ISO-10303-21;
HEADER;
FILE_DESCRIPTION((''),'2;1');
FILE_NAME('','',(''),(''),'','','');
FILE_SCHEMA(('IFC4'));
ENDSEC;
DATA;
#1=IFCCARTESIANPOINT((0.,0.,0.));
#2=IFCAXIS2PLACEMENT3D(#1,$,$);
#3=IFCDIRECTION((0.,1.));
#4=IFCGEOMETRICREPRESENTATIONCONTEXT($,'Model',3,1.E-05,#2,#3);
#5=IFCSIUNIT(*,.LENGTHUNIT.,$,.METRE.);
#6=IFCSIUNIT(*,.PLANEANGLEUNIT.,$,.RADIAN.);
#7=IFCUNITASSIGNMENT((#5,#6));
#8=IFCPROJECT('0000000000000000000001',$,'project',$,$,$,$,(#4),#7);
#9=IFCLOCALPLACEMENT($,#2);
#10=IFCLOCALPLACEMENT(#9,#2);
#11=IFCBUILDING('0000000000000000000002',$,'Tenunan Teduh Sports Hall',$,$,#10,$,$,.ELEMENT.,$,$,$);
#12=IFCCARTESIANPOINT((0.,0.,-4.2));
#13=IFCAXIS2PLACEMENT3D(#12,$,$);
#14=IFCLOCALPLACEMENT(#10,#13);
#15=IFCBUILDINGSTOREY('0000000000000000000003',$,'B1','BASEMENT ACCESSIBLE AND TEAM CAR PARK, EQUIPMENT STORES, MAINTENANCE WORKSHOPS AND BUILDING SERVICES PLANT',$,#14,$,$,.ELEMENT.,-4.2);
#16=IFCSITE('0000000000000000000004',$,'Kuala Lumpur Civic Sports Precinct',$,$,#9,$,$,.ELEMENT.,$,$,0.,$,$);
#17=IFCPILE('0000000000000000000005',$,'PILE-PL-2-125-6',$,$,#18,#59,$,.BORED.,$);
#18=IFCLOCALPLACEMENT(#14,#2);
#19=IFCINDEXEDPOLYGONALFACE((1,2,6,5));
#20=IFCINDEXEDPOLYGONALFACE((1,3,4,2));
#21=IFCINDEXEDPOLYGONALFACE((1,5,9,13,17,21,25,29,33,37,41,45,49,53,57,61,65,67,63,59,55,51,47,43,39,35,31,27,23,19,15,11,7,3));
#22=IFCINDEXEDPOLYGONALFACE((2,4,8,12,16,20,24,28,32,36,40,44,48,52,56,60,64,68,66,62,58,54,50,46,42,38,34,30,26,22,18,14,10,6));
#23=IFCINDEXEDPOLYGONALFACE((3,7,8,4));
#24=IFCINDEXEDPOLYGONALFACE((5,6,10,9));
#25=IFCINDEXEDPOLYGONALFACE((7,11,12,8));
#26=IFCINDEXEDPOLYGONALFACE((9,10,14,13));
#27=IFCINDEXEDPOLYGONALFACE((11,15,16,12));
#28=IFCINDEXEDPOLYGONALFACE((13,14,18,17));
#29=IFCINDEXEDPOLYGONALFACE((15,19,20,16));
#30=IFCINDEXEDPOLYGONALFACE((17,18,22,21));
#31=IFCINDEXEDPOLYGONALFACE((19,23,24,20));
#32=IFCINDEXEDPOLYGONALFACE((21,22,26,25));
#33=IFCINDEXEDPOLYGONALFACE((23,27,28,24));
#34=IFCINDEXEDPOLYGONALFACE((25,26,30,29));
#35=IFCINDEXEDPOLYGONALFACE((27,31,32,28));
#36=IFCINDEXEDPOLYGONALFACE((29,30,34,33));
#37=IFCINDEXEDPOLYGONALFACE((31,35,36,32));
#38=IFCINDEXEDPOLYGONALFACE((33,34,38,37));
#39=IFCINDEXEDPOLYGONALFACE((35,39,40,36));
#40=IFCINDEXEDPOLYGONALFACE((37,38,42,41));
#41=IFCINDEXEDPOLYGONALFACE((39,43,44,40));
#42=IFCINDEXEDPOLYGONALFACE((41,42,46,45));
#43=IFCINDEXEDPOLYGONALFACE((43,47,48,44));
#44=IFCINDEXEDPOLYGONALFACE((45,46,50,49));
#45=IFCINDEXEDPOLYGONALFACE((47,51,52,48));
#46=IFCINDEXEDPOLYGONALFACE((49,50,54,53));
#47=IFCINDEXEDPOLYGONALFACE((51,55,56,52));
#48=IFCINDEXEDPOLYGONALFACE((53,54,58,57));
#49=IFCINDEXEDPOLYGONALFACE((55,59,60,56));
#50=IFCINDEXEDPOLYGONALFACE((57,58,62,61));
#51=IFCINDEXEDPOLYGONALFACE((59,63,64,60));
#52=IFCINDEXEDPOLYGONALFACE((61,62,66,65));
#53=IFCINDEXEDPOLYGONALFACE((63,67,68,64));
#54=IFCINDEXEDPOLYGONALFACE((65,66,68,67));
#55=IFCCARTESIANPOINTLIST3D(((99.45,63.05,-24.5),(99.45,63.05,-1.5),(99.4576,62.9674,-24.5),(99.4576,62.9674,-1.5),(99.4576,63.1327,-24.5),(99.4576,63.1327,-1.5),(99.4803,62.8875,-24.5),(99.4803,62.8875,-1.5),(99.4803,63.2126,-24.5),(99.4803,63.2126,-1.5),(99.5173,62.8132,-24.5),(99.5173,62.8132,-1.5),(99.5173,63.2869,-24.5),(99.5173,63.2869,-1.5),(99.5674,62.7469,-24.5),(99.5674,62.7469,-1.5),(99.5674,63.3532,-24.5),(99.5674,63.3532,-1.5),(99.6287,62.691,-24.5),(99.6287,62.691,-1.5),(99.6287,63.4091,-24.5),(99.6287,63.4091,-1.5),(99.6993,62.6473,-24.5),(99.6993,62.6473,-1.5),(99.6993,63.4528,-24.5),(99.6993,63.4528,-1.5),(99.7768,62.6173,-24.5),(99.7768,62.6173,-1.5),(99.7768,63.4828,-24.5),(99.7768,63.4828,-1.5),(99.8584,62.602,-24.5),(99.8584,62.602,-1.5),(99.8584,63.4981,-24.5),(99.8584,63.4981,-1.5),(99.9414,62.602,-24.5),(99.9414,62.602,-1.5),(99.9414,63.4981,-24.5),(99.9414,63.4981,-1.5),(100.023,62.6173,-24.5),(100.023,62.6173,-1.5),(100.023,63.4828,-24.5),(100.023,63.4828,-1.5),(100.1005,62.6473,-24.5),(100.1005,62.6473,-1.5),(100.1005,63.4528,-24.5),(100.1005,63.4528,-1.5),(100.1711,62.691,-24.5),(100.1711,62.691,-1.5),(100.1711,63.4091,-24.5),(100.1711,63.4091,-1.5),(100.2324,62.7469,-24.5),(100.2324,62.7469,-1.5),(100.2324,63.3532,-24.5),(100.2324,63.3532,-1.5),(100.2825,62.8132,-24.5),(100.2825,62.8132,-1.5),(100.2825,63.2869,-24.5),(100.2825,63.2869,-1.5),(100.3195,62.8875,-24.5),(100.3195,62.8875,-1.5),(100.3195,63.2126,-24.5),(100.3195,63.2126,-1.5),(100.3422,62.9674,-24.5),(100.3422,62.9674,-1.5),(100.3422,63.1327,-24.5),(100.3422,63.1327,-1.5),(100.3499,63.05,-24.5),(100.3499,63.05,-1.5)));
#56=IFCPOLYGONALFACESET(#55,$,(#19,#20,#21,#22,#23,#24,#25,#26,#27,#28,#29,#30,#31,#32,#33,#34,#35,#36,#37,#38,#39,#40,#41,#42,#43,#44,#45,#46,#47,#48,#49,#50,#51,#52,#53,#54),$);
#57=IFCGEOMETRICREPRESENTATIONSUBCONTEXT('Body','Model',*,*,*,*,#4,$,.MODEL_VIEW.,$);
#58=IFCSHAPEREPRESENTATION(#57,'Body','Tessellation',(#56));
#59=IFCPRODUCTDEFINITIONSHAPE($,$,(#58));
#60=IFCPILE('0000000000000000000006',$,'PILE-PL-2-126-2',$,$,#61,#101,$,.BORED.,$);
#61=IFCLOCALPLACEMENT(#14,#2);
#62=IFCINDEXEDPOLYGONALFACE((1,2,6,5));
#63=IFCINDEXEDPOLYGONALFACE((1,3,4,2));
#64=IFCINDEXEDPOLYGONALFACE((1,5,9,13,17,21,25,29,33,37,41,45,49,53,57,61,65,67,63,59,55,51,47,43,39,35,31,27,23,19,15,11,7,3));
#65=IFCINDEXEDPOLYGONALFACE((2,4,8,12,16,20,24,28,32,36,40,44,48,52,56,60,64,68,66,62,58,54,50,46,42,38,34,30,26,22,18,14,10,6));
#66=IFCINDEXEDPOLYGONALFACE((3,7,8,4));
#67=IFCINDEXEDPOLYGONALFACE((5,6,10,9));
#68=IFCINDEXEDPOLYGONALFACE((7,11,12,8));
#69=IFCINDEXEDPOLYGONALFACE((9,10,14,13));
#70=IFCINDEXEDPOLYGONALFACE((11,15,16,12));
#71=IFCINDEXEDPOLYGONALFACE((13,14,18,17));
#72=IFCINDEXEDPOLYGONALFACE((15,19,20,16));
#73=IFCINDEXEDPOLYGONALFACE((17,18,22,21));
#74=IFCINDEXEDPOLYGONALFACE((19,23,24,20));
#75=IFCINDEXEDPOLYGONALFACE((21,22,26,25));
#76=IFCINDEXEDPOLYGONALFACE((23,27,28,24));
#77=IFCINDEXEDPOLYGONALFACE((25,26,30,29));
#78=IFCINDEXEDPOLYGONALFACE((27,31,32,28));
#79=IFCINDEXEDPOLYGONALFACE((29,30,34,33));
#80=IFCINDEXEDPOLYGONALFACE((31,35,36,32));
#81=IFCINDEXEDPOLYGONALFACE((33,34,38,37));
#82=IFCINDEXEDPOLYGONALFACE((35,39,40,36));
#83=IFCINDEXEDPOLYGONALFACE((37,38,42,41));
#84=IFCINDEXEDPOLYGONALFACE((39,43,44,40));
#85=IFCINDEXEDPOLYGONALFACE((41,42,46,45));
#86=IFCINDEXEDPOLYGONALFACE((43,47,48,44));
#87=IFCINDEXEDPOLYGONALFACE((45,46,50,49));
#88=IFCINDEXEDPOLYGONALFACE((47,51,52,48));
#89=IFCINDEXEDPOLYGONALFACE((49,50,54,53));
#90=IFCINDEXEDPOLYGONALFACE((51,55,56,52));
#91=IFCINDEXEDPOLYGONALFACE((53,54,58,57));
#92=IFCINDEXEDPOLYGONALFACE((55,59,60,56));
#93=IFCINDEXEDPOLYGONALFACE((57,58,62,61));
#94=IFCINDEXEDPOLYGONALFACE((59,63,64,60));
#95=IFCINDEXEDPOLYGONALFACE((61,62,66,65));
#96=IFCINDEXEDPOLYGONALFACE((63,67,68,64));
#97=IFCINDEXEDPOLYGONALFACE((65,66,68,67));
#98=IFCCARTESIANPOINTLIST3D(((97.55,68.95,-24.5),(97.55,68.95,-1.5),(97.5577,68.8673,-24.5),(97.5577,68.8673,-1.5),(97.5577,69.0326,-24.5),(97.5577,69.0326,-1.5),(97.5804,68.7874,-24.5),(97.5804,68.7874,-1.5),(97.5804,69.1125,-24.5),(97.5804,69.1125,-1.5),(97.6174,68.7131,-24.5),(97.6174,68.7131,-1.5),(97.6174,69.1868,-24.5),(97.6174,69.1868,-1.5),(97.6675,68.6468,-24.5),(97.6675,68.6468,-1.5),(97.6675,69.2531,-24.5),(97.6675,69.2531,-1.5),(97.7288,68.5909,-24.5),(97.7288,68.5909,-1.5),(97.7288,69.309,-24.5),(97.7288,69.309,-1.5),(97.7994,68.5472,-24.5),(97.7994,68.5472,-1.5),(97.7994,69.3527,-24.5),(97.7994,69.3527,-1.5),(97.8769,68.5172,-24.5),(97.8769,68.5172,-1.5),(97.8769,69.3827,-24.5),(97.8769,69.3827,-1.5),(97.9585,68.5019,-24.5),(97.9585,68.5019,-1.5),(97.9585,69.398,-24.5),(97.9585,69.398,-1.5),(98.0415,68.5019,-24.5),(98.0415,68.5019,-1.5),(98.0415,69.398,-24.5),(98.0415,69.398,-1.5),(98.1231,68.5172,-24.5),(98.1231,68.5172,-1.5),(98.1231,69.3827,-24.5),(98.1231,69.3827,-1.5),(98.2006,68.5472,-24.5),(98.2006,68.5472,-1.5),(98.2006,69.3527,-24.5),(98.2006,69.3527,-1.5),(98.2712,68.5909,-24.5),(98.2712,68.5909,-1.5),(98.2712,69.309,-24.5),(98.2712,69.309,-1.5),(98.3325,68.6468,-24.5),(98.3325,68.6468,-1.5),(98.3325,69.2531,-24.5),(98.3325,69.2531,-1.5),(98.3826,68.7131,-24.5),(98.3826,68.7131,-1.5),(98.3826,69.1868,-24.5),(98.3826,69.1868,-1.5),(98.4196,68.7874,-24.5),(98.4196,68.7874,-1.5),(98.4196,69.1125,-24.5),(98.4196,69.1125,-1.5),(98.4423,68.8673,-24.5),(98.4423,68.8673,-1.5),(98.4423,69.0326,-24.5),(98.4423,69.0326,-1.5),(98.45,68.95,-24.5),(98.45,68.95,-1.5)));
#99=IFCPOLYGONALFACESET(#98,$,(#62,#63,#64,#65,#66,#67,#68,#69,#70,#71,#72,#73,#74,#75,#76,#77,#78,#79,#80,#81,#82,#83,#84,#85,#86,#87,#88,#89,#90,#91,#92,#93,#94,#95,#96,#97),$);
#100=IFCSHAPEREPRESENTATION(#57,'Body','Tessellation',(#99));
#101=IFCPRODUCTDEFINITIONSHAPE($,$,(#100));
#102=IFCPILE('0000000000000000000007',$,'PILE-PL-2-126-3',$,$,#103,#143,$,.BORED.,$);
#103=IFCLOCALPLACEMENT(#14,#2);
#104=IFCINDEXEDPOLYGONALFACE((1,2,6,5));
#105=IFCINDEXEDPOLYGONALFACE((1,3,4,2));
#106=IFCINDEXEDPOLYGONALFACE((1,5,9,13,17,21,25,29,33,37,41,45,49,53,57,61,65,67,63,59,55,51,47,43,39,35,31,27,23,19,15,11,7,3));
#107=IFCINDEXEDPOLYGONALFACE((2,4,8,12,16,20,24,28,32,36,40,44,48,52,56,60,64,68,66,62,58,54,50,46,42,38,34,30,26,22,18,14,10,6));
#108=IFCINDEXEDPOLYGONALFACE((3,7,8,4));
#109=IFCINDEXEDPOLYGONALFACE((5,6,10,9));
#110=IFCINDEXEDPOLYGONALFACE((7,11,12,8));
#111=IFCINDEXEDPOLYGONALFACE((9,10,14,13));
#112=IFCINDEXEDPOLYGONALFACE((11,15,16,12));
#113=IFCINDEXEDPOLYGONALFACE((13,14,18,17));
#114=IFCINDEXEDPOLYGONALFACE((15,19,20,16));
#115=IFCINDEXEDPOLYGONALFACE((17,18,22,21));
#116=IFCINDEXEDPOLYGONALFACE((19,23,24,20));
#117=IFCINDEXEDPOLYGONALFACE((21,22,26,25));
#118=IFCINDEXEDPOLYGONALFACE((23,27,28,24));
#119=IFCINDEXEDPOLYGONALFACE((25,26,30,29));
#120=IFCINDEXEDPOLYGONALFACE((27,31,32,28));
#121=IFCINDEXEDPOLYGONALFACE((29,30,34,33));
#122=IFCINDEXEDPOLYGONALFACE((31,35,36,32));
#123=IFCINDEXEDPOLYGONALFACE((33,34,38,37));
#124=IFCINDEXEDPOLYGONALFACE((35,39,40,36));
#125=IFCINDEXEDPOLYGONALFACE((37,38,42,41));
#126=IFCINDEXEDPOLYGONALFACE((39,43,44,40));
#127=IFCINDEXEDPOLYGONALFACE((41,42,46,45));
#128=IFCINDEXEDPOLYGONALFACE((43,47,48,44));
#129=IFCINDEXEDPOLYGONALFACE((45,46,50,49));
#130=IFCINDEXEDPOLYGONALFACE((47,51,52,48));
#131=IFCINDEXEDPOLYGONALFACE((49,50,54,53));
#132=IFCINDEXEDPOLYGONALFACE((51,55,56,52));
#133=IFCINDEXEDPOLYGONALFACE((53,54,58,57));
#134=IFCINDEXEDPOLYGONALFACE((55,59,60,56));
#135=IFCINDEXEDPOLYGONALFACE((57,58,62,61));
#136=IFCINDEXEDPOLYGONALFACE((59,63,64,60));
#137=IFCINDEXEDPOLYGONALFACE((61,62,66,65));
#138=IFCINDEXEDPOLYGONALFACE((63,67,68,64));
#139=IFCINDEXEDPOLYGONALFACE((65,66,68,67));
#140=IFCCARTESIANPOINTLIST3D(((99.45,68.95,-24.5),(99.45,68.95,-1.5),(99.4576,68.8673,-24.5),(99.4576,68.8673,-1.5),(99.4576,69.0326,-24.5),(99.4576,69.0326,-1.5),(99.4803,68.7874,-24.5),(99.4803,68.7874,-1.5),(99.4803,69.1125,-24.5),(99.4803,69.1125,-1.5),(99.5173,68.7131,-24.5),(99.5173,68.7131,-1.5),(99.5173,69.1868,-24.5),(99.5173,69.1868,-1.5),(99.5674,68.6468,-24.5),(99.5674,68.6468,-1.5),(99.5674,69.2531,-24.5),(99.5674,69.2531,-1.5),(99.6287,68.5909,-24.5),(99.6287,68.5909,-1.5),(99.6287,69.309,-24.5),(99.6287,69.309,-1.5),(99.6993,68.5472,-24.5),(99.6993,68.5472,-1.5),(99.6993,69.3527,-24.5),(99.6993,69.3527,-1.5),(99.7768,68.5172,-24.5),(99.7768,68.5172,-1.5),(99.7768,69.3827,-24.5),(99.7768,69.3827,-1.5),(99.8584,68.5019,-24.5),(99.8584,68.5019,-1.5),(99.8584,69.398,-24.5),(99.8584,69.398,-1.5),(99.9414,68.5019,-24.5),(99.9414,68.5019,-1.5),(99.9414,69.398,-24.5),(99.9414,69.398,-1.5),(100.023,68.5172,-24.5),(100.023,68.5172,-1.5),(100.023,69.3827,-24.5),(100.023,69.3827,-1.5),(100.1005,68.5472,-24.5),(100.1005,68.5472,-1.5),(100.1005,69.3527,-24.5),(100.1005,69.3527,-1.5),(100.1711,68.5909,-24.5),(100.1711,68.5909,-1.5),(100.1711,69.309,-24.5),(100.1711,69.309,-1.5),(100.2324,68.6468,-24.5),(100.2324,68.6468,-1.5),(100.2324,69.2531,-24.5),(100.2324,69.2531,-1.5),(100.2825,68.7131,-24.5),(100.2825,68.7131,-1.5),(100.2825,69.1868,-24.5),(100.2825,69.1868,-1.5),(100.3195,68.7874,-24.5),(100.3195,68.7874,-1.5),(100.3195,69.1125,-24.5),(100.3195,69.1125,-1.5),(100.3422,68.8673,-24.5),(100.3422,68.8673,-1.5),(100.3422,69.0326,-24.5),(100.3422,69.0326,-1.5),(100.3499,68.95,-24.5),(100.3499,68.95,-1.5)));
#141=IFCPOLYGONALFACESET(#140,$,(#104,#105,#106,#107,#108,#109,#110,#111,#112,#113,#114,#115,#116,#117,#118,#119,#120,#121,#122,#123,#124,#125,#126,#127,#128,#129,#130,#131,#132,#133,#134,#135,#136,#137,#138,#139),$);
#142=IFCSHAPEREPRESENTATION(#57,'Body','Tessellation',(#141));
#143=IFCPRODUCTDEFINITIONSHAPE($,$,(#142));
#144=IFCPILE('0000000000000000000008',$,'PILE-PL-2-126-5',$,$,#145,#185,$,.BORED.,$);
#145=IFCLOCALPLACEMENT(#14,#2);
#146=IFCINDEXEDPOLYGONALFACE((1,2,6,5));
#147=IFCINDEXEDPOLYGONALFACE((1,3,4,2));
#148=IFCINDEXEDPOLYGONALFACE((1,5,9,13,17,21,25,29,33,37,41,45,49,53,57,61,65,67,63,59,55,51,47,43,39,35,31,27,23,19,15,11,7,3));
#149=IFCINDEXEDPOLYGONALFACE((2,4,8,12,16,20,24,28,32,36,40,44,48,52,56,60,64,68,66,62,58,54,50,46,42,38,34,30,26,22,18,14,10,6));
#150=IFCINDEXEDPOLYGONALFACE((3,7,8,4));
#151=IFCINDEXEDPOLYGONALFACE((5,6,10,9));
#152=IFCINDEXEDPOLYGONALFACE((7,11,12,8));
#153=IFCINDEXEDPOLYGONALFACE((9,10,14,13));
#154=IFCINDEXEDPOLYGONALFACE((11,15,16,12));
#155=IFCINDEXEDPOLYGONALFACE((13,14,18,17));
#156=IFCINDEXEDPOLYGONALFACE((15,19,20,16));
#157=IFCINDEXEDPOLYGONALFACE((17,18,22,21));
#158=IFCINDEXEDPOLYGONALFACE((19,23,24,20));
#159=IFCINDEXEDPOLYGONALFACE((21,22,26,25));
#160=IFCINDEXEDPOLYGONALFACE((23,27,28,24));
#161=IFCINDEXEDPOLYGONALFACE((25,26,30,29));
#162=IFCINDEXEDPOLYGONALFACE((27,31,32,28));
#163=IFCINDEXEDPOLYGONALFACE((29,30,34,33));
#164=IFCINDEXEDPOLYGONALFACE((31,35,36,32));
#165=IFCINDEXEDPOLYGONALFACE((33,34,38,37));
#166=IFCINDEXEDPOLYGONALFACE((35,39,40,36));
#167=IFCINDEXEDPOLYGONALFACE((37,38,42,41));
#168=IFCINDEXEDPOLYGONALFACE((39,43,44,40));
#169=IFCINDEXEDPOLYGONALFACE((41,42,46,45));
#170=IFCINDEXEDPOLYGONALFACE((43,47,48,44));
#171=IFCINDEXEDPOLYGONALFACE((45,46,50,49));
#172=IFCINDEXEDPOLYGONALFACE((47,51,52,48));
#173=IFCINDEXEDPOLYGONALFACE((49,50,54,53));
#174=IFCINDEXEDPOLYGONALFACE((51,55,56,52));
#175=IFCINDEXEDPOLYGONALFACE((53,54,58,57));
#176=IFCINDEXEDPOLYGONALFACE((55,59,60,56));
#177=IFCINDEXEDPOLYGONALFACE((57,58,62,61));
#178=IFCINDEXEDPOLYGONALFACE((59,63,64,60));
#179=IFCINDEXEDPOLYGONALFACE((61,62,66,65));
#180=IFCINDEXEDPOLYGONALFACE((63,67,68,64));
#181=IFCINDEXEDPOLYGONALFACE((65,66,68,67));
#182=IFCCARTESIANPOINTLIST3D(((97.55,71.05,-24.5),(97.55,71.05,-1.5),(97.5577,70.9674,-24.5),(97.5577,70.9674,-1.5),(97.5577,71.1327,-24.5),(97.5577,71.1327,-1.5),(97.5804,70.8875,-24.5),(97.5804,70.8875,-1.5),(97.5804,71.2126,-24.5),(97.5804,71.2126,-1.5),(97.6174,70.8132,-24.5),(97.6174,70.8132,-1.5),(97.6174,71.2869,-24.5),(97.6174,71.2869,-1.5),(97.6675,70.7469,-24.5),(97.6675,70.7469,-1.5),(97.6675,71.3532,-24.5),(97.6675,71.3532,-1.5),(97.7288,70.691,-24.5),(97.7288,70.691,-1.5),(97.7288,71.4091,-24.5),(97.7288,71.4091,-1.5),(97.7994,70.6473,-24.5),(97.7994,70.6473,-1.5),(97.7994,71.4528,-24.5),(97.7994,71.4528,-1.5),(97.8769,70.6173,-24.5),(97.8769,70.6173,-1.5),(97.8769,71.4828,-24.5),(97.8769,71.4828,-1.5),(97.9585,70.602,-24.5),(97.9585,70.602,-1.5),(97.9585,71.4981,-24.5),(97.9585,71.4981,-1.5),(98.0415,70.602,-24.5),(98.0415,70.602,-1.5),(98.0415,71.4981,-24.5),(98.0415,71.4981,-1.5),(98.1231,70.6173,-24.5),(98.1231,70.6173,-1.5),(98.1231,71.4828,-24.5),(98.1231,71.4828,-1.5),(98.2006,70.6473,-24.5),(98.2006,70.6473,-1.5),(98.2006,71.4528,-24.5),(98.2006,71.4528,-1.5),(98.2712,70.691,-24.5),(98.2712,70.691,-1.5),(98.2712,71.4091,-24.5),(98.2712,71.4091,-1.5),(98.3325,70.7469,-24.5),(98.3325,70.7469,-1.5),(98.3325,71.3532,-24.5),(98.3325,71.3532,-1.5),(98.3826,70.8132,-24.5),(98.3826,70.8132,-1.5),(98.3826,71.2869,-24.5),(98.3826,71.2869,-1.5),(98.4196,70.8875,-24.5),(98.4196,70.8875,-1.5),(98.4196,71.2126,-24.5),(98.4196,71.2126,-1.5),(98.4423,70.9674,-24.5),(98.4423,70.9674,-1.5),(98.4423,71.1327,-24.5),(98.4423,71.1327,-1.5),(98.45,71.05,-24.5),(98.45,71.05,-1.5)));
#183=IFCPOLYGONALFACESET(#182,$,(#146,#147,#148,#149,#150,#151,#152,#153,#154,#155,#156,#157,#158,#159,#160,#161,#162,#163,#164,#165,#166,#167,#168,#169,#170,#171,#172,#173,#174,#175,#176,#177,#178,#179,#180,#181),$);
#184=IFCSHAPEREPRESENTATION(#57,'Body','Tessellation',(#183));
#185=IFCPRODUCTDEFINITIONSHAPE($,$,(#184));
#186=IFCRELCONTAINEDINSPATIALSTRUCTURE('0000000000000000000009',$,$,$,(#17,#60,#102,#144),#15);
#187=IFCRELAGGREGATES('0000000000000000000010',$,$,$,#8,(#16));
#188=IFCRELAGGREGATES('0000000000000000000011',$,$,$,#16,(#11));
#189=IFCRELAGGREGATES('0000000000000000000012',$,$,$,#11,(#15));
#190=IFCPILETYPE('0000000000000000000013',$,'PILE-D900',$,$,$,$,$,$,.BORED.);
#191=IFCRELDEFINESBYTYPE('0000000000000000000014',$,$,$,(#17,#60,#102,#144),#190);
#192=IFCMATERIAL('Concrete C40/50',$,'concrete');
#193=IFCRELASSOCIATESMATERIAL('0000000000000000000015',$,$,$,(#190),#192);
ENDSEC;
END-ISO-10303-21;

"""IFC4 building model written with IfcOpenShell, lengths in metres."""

from ifc_helpers import new_model, si_unit, direction, frame, origin, origin_2d, place, context, subcontext, project, spatial, circle, extrude, material, material_profile, profile_set, type_object, element, save


model = new_model("IFC4")

# Units and contexts
model_context = context("Model", 3, precision=1e-05, world=origin(), true_north=direction((0.0, 1.0)))
body_context = subcontext(model_context, "Body", "Model", "MODEL_VIEW")
ifc_project = project(units=[si_unit("LENGTHUNIT", "METRE"), si_unit("PLANEANGLEUNIT", "RADIAN")], contexts=[model_context])

# Site, building, storey
site_placement = place(None, origin())
site = spatial("IfcSite", under=ifc_project, at=site_placement, Name="Kuala Lumpur Civic Sports Precinct", CompositionType="ELEMENT", RefElevation=0.0)
building_placement = place(site_placement, origin())
building = spatial("IfcBuilding", under=site, at=building_placement, Name="Tenunan Teduh Sports Hall", CompositionType="ELEMENT")
storey_placement = place(building_placement, frame((0.0, 0.0, -4.2)))
storey = spatial("IfcBuildingStorey", under=building, at=storey_placement, Name="B1", Description="BASEMENT ACCESSIBLE AND TEAM CAR PARK, EQUIPMENT STORES, MAINTENANCE WORKSHOPS AND BUILDING SERVICES PLANT", CompositionType="ELEMENT", Elevation=-4.2)

# Piles
ifc_material_1 = material(Name="Concrete C40/50", Category="concrete")
ifc_material_profile_1 = material_profile(ifc_material_1, circle(Radius=0.45, at=origin_2d()), Name="PILE D900")
ifc_profile_set_1 = profile_set([ifc_material_profile_1], Name="Concrete C40/50")
pile_type = type_object("IfcPileType", Name="PILE-D900", PredefinedType="BORED", material=ifc_profile_set_1)
for number, where, z_axis, x_axis, name in (
    (1, (99.8999, 63.05, -1.5), (0.0, 0.0, -1.0), (1.0, 0.0, 0.0), "PILE-PL-2-125-6"),
    (2, (98.0, 68.95, -1.5), (0.0, 0.0, -1.0), (1.0, 0.0, 0.0), "PILE-PL-2-126-2"),
    (3, (99.8999, 68.95, -1.5), (0.0, 0.0, -1.0), (1.0, 0.0, 0.0), "PILE-PL-2-126-3"),
    (4, (98.0, 71.05, -1.5), (0.0, 0.0, -1.0), (1.0, 0.0, 0.0), "PILE-PL-2-126-5"),
):
    element("IfcPile", number, at=place(storey_placement, frame(where, z_axis=z_axis, x_axis=x_axis)), inside=storey, type_object=pile_type, Name=name, PredefinedType="BORED", context=body_context, shape_type="SweptSolid", body=[
        extrude(circle(Radius=0.45, at=origin_2d()), origin(), (0.0, 0.0, 1.0), 23.0),
    ])

save(model, "model.ifc")
